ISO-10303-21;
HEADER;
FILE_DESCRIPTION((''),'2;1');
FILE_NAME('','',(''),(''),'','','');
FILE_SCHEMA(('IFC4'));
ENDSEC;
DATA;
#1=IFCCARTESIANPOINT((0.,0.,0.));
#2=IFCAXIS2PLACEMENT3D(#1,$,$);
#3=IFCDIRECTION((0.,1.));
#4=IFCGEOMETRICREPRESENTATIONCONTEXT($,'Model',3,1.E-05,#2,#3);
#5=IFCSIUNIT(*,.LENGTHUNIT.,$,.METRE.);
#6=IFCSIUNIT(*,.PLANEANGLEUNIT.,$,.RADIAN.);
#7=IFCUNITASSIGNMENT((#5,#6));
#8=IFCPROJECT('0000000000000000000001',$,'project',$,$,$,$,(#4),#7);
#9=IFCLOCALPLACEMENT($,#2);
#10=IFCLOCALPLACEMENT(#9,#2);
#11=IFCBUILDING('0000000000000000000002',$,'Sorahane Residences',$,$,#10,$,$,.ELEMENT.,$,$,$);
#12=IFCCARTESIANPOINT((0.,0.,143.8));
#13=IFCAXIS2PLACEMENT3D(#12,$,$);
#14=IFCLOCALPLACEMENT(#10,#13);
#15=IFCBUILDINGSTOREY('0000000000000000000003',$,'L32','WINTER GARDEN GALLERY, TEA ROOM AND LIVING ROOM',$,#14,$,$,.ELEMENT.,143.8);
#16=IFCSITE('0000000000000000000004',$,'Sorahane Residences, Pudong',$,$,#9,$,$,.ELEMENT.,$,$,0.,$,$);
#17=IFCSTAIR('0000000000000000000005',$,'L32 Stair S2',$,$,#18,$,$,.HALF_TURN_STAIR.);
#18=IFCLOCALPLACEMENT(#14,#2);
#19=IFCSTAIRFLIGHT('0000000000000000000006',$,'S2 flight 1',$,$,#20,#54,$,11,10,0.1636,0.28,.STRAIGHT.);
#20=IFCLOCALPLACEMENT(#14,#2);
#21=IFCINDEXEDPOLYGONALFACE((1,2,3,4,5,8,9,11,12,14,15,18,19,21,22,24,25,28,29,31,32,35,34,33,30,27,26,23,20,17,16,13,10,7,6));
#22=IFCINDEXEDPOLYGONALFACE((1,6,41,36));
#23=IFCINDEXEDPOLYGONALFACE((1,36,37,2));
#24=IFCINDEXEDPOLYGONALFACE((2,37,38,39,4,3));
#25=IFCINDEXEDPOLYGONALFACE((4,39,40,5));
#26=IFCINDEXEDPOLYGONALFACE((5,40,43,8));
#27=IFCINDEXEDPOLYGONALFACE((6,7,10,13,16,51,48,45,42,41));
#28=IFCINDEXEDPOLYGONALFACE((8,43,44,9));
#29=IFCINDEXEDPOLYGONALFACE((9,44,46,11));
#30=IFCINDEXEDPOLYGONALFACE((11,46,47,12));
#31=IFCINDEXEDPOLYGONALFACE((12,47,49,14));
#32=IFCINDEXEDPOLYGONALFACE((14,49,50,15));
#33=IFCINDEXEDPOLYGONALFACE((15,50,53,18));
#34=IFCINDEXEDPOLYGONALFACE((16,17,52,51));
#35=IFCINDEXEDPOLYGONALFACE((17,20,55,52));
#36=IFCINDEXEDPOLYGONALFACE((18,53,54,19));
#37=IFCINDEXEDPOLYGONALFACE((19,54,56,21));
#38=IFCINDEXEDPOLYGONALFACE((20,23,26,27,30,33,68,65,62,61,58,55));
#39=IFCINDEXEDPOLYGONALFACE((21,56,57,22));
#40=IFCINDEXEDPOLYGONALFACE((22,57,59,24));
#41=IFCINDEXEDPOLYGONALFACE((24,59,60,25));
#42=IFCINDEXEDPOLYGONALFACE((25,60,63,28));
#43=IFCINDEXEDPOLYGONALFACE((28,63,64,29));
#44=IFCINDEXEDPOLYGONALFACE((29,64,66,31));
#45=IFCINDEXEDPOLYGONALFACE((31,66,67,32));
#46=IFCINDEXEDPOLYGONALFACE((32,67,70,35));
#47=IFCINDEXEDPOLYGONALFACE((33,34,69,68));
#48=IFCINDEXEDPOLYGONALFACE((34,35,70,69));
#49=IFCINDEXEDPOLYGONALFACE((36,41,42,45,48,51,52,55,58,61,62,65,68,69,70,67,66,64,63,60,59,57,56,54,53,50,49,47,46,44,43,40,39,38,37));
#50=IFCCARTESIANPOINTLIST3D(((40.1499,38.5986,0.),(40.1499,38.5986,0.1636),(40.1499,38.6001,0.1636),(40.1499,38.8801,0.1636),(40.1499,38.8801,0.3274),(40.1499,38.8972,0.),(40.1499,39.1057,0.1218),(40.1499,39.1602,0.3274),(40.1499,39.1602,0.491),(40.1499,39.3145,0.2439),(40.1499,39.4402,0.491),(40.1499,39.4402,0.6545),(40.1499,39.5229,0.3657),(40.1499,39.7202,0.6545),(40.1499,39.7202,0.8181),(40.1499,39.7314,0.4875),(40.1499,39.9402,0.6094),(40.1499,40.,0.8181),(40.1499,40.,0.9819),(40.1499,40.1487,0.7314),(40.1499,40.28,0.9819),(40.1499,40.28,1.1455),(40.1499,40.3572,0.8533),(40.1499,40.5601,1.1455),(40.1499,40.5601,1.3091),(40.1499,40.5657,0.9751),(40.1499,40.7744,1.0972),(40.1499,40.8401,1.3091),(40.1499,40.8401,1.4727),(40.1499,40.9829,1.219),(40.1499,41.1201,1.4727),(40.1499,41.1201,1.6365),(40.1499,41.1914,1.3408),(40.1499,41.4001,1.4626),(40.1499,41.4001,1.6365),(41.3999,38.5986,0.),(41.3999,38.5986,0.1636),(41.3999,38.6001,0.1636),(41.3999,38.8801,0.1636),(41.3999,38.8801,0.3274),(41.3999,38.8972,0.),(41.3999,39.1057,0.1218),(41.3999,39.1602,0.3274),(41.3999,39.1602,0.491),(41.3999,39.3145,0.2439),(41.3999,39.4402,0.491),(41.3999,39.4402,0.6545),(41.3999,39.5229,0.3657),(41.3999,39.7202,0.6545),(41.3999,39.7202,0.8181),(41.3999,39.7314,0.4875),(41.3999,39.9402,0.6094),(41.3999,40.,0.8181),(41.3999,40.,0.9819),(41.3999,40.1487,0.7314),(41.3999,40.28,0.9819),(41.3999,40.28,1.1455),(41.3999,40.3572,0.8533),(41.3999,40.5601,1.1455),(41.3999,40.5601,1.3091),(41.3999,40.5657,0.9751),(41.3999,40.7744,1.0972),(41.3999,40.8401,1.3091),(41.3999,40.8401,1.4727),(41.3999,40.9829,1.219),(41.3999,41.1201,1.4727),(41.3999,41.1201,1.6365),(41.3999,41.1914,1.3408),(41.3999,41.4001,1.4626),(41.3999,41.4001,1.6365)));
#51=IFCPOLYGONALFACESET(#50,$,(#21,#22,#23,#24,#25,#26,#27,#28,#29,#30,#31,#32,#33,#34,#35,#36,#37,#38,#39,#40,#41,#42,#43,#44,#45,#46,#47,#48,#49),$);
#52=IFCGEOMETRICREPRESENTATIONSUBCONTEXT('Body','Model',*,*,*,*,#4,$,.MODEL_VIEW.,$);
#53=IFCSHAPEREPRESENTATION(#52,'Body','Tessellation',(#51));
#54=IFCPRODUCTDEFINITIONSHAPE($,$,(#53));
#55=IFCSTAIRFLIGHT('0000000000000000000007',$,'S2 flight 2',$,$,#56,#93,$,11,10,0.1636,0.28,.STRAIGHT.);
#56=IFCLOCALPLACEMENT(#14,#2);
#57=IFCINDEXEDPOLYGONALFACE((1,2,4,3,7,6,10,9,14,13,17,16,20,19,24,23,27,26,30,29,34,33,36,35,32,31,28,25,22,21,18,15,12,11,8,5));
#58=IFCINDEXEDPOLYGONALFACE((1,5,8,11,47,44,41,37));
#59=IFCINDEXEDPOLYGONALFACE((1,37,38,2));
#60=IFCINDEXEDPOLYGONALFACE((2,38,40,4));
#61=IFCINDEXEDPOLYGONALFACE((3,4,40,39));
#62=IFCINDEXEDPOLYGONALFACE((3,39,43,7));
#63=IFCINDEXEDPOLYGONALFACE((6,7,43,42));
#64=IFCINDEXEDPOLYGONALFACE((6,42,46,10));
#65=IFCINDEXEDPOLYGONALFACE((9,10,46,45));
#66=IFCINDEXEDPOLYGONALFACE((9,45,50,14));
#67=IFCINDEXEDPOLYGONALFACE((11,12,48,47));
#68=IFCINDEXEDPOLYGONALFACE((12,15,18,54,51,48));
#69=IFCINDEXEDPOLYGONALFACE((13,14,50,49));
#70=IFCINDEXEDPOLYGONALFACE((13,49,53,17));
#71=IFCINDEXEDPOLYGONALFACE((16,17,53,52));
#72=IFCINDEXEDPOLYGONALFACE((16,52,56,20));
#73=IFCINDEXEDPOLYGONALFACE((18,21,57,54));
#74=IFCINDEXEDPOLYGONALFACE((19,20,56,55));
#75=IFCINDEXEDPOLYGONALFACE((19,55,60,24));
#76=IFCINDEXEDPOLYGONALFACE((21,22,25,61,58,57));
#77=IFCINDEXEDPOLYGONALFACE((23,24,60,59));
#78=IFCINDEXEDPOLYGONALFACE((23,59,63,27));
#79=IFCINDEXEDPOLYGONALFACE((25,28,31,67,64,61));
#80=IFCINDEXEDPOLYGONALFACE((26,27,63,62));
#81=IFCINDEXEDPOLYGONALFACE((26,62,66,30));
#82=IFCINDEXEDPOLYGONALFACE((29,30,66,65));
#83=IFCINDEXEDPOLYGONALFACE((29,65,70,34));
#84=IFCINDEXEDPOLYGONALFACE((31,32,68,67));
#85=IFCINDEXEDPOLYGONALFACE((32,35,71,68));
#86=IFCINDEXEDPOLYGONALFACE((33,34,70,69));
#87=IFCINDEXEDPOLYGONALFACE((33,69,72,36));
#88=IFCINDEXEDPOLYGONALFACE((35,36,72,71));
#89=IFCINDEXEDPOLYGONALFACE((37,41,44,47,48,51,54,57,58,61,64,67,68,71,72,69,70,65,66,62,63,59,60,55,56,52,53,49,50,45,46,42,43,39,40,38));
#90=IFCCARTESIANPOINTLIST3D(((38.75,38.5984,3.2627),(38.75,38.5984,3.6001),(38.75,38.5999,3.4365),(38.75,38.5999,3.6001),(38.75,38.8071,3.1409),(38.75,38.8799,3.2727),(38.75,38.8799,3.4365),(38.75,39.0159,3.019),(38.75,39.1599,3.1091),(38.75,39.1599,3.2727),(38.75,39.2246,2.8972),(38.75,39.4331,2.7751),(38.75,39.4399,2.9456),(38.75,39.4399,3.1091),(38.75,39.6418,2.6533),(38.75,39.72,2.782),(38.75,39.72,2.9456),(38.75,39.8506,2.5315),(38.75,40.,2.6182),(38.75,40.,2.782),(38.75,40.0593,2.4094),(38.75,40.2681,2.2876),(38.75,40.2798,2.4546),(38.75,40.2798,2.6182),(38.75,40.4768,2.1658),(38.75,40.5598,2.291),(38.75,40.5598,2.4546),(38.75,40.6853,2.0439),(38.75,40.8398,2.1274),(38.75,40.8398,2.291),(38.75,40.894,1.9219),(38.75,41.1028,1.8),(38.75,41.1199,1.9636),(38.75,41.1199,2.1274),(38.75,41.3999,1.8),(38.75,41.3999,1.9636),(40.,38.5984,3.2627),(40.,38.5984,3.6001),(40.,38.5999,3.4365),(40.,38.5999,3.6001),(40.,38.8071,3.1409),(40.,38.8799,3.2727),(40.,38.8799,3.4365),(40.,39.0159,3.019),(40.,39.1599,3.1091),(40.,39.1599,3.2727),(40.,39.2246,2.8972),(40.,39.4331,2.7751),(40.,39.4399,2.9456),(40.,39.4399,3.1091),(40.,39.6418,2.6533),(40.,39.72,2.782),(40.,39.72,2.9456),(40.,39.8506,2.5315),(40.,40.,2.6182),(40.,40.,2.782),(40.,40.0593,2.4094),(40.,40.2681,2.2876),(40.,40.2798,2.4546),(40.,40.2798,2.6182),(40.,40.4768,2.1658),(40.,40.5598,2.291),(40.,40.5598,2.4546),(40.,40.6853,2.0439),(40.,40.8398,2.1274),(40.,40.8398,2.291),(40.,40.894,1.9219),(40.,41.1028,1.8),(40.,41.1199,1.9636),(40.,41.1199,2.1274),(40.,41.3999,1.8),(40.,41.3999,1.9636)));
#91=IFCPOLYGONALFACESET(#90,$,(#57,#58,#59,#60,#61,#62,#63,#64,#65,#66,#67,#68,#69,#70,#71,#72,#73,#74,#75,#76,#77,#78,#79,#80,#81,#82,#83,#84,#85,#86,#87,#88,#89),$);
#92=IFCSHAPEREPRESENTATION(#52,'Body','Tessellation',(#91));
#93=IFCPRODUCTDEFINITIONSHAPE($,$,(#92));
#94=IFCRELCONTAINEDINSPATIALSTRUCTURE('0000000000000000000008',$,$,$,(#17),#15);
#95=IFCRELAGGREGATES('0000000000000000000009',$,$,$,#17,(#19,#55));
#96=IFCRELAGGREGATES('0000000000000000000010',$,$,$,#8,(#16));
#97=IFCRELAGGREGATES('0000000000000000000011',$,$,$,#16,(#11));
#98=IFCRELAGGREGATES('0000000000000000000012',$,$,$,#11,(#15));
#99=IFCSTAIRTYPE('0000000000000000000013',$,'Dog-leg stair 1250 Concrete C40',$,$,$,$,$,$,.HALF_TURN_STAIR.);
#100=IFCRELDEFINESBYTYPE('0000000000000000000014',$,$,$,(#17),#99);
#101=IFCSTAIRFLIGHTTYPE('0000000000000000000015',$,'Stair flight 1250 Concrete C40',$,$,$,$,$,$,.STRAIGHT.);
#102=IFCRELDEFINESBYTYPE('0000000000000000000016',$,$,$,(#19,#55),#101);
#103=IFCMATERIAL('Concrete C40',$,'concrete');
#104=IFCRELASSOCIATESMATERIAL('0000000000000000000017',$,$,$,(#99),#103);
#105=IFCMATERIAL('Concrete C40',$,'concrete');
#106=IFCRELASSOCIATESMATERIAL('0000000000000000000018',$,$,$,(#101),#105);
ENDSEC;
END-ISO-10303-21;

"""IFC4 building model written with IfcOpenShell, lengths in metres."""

from ifc_helpers import new_model, si_unit, direction, frame, origin, place, context, subcontext, project, spatial, polyline, outline, extrude, material, type_object, element, aggregate, save


model = new_model("IFC4")

# Units and contexts
model_context = context("Model", 3, precision=1e-05, world=origin(), true_north=direction((0.0, 1.0)))
body_context = subcontext(model_context, "Body", "Model", "MODEL_VIEW")
ifc_project = project(units=[si_unit("LENGTHUNIT", "METRE"), si_unit("PLANEANGLEUNIT", "RADIAN")], contexts=[model_context])

# Site, building, storey
site_placement = place(None, origin())
site = spatial("IfcSite", under=ifc_project, at=site_placement, Name="Sorahane Residences, Pudong", CompositionType="ELEMENT", RefElevation=0.0)
building_placement = place(site_placement, origin())
building = spatial("IfcBuilding", under=site, at=building_placement, Name="Sorahane Residences", CompositionType="ELEMENT")
storey_placement = place(building_placement, frame((0.0, 0.0, 143.8)))
storey = spatial("IfcBuildingStorey", under=building, at=storey_placement, Name="L32", Description="WINTER GARDEN GALLERY, TEA ROOM AND LIVING ROOM", CompositionType="ELEMENT", Elevation=143.8)

# Stair, stair flights
ifc_material_1 = material(Name="Concrete C40", Category="concrete")
stair_type = type_object("IfcStairType", Name="Dog-leg stair 1250 Concrete C40", PredefinedType="HALF_TURN_STAIR", material=ifc_material_1)
stair_placement = place(storey_placement, origin())
stair = element("IfcStair", 1, at=stair_placement, inside=storey, type_object=stair_type, Name="L32 Stair S2", PredefinedType="HALF_TURN_STAIR")
ifc_material_2 = material(Name="Concrete C40", Category="concrete")
stair_flight_type = type_object("IfcStairFlightType", Name="Stair flight 1250 Concrete C40", PredefinedType="STRAIGHT", material=ifc_material_2)
stair_flight_1_placement = place(storey_placement, frame((40.7749, 38.6001, 0.0), z_axis=(0.0, 0.0, 1.0), x_axis=(0.0, 1.0, 0.0)))
stair_flight_1 = element("IfcStairFlight", 2, at=stair_flight_1_placement, type_object=stair_flight_type, Name="S2 flight 1", NumberOfRisers=11, NumberOfTreads=10, PredefinedType="STRAIGHT", RiserHeight=0.1636, TreadLength=0.28, context=body_context, shape_type="SweptSolid", body=[
    extrude(outline(polyline([(-0.0015, 0.0), (-0.0015, 0.1636), (0.0, 0.1636), (0.28, 0.1636), (0.28, 0.3274), (0.5601, 0.3274), (0.5601, 0.491), (0.8401, 0.491), (0.8401, 0.6545), (1.1201, 0.6545), (1.1201, 0.8181), (1.3999, 0.8181), (1.3999, 0.9819), (1.6799, 0.9819), (1.6799, 1.1455), (1.96, 1.1455), (1.96, 1.3091), (2.24, 1.3091), (2.24, 1.4727), (2.52, 1.4727), (2.52, 1.6365), (2.8, 1.6365), (2.8, 1.8), (2.8, 1.4626), (2.5913, 1.3408), (2.3828, 1.219), (2.1743, 1.0972), (1.9656, 0.9751), (1.7571, 0.8533), (1.5486, 0.7314), (1.3401, 0.6094), (1.1313, 0.4875), (0.9229, 0.3657), (0.7144, 0.2439), (0.5056, 0.1218), (0.2971, 0.0), (-0.0015, 0.0)])), frame((0.0, 0.625, 0.0), z_axis=(0.0, -1.0, 0.0), x_axis=(1.0, 0.0, 0.0)), (0.0, 0.0, 1.0), 1.25),
])
stair_flight_2_placement = place(storey_placement, frame((39.375, 41.3999, 1.8), z_axis=(0.0, 0.0, 1.0), x_axis=(0.0, -1.0, 0.0)))
stair_flight_2 = element("IfcStairFlight", 3, at=stair_flight_2_placement, type_object=stair_flight_type, Name="S2 flight 2", NumberOfRisers=11, NumberOfTreads=10, PredefinedType="STRAIGHT", RiserHeight=0.1636, TreadLength=0.28, context=body_context, shape_type="SweptSolid", body=[
    extrude(outline(polyline([(0.0, 0.0), (0.0, 0.1636), (0.28, 0.1636), (0.28, 0.3274), (0.5601, 0.3274), (0.5601, 0.491), (0.8401, 0.491), (0.8401, 0.6545), (1.1201, 0.6545), (1.1201, 0.8181), (1.3999, 0.8181), (1.3999, 0.9819), (1.6799, 0.9819), (1.6799, 1.1455), (1.96, 1.1455), (1.96, 1.3091), (2.24, 1.3091), (2.24, 1.4727), (2.52, 1.4727), (2.52, 1.6365), (2.8, 1.6365), (2.8, 1.8), (2.8015, 1.8), (2.8015, 1.4626), (2.5928, 1.3408), (2.384, 1.219), (2.1753, 1.0972), (1.9668, 0.9751), (1.7581, 0.8533), (1.5493, 0.7314), (1.3406, 0.6094), (1.1318, 0.4875), (0.9231, 0.3657), (0.7146, 0.2439), (0.5059, 0.1218), (0.2971, 0.0), (0.0, 0.0)])), frame((0.0, 0.625, 0.0), z_axis=(0.0, -1.0, 0.0), x_axis=(1.0, 0.0, 0.0)), (0.0, 0.0, 1.0), 1.25),
])
aggregate(stair, [stair_flight_1, stair_flight_2])

save(model, "model.ifc")
